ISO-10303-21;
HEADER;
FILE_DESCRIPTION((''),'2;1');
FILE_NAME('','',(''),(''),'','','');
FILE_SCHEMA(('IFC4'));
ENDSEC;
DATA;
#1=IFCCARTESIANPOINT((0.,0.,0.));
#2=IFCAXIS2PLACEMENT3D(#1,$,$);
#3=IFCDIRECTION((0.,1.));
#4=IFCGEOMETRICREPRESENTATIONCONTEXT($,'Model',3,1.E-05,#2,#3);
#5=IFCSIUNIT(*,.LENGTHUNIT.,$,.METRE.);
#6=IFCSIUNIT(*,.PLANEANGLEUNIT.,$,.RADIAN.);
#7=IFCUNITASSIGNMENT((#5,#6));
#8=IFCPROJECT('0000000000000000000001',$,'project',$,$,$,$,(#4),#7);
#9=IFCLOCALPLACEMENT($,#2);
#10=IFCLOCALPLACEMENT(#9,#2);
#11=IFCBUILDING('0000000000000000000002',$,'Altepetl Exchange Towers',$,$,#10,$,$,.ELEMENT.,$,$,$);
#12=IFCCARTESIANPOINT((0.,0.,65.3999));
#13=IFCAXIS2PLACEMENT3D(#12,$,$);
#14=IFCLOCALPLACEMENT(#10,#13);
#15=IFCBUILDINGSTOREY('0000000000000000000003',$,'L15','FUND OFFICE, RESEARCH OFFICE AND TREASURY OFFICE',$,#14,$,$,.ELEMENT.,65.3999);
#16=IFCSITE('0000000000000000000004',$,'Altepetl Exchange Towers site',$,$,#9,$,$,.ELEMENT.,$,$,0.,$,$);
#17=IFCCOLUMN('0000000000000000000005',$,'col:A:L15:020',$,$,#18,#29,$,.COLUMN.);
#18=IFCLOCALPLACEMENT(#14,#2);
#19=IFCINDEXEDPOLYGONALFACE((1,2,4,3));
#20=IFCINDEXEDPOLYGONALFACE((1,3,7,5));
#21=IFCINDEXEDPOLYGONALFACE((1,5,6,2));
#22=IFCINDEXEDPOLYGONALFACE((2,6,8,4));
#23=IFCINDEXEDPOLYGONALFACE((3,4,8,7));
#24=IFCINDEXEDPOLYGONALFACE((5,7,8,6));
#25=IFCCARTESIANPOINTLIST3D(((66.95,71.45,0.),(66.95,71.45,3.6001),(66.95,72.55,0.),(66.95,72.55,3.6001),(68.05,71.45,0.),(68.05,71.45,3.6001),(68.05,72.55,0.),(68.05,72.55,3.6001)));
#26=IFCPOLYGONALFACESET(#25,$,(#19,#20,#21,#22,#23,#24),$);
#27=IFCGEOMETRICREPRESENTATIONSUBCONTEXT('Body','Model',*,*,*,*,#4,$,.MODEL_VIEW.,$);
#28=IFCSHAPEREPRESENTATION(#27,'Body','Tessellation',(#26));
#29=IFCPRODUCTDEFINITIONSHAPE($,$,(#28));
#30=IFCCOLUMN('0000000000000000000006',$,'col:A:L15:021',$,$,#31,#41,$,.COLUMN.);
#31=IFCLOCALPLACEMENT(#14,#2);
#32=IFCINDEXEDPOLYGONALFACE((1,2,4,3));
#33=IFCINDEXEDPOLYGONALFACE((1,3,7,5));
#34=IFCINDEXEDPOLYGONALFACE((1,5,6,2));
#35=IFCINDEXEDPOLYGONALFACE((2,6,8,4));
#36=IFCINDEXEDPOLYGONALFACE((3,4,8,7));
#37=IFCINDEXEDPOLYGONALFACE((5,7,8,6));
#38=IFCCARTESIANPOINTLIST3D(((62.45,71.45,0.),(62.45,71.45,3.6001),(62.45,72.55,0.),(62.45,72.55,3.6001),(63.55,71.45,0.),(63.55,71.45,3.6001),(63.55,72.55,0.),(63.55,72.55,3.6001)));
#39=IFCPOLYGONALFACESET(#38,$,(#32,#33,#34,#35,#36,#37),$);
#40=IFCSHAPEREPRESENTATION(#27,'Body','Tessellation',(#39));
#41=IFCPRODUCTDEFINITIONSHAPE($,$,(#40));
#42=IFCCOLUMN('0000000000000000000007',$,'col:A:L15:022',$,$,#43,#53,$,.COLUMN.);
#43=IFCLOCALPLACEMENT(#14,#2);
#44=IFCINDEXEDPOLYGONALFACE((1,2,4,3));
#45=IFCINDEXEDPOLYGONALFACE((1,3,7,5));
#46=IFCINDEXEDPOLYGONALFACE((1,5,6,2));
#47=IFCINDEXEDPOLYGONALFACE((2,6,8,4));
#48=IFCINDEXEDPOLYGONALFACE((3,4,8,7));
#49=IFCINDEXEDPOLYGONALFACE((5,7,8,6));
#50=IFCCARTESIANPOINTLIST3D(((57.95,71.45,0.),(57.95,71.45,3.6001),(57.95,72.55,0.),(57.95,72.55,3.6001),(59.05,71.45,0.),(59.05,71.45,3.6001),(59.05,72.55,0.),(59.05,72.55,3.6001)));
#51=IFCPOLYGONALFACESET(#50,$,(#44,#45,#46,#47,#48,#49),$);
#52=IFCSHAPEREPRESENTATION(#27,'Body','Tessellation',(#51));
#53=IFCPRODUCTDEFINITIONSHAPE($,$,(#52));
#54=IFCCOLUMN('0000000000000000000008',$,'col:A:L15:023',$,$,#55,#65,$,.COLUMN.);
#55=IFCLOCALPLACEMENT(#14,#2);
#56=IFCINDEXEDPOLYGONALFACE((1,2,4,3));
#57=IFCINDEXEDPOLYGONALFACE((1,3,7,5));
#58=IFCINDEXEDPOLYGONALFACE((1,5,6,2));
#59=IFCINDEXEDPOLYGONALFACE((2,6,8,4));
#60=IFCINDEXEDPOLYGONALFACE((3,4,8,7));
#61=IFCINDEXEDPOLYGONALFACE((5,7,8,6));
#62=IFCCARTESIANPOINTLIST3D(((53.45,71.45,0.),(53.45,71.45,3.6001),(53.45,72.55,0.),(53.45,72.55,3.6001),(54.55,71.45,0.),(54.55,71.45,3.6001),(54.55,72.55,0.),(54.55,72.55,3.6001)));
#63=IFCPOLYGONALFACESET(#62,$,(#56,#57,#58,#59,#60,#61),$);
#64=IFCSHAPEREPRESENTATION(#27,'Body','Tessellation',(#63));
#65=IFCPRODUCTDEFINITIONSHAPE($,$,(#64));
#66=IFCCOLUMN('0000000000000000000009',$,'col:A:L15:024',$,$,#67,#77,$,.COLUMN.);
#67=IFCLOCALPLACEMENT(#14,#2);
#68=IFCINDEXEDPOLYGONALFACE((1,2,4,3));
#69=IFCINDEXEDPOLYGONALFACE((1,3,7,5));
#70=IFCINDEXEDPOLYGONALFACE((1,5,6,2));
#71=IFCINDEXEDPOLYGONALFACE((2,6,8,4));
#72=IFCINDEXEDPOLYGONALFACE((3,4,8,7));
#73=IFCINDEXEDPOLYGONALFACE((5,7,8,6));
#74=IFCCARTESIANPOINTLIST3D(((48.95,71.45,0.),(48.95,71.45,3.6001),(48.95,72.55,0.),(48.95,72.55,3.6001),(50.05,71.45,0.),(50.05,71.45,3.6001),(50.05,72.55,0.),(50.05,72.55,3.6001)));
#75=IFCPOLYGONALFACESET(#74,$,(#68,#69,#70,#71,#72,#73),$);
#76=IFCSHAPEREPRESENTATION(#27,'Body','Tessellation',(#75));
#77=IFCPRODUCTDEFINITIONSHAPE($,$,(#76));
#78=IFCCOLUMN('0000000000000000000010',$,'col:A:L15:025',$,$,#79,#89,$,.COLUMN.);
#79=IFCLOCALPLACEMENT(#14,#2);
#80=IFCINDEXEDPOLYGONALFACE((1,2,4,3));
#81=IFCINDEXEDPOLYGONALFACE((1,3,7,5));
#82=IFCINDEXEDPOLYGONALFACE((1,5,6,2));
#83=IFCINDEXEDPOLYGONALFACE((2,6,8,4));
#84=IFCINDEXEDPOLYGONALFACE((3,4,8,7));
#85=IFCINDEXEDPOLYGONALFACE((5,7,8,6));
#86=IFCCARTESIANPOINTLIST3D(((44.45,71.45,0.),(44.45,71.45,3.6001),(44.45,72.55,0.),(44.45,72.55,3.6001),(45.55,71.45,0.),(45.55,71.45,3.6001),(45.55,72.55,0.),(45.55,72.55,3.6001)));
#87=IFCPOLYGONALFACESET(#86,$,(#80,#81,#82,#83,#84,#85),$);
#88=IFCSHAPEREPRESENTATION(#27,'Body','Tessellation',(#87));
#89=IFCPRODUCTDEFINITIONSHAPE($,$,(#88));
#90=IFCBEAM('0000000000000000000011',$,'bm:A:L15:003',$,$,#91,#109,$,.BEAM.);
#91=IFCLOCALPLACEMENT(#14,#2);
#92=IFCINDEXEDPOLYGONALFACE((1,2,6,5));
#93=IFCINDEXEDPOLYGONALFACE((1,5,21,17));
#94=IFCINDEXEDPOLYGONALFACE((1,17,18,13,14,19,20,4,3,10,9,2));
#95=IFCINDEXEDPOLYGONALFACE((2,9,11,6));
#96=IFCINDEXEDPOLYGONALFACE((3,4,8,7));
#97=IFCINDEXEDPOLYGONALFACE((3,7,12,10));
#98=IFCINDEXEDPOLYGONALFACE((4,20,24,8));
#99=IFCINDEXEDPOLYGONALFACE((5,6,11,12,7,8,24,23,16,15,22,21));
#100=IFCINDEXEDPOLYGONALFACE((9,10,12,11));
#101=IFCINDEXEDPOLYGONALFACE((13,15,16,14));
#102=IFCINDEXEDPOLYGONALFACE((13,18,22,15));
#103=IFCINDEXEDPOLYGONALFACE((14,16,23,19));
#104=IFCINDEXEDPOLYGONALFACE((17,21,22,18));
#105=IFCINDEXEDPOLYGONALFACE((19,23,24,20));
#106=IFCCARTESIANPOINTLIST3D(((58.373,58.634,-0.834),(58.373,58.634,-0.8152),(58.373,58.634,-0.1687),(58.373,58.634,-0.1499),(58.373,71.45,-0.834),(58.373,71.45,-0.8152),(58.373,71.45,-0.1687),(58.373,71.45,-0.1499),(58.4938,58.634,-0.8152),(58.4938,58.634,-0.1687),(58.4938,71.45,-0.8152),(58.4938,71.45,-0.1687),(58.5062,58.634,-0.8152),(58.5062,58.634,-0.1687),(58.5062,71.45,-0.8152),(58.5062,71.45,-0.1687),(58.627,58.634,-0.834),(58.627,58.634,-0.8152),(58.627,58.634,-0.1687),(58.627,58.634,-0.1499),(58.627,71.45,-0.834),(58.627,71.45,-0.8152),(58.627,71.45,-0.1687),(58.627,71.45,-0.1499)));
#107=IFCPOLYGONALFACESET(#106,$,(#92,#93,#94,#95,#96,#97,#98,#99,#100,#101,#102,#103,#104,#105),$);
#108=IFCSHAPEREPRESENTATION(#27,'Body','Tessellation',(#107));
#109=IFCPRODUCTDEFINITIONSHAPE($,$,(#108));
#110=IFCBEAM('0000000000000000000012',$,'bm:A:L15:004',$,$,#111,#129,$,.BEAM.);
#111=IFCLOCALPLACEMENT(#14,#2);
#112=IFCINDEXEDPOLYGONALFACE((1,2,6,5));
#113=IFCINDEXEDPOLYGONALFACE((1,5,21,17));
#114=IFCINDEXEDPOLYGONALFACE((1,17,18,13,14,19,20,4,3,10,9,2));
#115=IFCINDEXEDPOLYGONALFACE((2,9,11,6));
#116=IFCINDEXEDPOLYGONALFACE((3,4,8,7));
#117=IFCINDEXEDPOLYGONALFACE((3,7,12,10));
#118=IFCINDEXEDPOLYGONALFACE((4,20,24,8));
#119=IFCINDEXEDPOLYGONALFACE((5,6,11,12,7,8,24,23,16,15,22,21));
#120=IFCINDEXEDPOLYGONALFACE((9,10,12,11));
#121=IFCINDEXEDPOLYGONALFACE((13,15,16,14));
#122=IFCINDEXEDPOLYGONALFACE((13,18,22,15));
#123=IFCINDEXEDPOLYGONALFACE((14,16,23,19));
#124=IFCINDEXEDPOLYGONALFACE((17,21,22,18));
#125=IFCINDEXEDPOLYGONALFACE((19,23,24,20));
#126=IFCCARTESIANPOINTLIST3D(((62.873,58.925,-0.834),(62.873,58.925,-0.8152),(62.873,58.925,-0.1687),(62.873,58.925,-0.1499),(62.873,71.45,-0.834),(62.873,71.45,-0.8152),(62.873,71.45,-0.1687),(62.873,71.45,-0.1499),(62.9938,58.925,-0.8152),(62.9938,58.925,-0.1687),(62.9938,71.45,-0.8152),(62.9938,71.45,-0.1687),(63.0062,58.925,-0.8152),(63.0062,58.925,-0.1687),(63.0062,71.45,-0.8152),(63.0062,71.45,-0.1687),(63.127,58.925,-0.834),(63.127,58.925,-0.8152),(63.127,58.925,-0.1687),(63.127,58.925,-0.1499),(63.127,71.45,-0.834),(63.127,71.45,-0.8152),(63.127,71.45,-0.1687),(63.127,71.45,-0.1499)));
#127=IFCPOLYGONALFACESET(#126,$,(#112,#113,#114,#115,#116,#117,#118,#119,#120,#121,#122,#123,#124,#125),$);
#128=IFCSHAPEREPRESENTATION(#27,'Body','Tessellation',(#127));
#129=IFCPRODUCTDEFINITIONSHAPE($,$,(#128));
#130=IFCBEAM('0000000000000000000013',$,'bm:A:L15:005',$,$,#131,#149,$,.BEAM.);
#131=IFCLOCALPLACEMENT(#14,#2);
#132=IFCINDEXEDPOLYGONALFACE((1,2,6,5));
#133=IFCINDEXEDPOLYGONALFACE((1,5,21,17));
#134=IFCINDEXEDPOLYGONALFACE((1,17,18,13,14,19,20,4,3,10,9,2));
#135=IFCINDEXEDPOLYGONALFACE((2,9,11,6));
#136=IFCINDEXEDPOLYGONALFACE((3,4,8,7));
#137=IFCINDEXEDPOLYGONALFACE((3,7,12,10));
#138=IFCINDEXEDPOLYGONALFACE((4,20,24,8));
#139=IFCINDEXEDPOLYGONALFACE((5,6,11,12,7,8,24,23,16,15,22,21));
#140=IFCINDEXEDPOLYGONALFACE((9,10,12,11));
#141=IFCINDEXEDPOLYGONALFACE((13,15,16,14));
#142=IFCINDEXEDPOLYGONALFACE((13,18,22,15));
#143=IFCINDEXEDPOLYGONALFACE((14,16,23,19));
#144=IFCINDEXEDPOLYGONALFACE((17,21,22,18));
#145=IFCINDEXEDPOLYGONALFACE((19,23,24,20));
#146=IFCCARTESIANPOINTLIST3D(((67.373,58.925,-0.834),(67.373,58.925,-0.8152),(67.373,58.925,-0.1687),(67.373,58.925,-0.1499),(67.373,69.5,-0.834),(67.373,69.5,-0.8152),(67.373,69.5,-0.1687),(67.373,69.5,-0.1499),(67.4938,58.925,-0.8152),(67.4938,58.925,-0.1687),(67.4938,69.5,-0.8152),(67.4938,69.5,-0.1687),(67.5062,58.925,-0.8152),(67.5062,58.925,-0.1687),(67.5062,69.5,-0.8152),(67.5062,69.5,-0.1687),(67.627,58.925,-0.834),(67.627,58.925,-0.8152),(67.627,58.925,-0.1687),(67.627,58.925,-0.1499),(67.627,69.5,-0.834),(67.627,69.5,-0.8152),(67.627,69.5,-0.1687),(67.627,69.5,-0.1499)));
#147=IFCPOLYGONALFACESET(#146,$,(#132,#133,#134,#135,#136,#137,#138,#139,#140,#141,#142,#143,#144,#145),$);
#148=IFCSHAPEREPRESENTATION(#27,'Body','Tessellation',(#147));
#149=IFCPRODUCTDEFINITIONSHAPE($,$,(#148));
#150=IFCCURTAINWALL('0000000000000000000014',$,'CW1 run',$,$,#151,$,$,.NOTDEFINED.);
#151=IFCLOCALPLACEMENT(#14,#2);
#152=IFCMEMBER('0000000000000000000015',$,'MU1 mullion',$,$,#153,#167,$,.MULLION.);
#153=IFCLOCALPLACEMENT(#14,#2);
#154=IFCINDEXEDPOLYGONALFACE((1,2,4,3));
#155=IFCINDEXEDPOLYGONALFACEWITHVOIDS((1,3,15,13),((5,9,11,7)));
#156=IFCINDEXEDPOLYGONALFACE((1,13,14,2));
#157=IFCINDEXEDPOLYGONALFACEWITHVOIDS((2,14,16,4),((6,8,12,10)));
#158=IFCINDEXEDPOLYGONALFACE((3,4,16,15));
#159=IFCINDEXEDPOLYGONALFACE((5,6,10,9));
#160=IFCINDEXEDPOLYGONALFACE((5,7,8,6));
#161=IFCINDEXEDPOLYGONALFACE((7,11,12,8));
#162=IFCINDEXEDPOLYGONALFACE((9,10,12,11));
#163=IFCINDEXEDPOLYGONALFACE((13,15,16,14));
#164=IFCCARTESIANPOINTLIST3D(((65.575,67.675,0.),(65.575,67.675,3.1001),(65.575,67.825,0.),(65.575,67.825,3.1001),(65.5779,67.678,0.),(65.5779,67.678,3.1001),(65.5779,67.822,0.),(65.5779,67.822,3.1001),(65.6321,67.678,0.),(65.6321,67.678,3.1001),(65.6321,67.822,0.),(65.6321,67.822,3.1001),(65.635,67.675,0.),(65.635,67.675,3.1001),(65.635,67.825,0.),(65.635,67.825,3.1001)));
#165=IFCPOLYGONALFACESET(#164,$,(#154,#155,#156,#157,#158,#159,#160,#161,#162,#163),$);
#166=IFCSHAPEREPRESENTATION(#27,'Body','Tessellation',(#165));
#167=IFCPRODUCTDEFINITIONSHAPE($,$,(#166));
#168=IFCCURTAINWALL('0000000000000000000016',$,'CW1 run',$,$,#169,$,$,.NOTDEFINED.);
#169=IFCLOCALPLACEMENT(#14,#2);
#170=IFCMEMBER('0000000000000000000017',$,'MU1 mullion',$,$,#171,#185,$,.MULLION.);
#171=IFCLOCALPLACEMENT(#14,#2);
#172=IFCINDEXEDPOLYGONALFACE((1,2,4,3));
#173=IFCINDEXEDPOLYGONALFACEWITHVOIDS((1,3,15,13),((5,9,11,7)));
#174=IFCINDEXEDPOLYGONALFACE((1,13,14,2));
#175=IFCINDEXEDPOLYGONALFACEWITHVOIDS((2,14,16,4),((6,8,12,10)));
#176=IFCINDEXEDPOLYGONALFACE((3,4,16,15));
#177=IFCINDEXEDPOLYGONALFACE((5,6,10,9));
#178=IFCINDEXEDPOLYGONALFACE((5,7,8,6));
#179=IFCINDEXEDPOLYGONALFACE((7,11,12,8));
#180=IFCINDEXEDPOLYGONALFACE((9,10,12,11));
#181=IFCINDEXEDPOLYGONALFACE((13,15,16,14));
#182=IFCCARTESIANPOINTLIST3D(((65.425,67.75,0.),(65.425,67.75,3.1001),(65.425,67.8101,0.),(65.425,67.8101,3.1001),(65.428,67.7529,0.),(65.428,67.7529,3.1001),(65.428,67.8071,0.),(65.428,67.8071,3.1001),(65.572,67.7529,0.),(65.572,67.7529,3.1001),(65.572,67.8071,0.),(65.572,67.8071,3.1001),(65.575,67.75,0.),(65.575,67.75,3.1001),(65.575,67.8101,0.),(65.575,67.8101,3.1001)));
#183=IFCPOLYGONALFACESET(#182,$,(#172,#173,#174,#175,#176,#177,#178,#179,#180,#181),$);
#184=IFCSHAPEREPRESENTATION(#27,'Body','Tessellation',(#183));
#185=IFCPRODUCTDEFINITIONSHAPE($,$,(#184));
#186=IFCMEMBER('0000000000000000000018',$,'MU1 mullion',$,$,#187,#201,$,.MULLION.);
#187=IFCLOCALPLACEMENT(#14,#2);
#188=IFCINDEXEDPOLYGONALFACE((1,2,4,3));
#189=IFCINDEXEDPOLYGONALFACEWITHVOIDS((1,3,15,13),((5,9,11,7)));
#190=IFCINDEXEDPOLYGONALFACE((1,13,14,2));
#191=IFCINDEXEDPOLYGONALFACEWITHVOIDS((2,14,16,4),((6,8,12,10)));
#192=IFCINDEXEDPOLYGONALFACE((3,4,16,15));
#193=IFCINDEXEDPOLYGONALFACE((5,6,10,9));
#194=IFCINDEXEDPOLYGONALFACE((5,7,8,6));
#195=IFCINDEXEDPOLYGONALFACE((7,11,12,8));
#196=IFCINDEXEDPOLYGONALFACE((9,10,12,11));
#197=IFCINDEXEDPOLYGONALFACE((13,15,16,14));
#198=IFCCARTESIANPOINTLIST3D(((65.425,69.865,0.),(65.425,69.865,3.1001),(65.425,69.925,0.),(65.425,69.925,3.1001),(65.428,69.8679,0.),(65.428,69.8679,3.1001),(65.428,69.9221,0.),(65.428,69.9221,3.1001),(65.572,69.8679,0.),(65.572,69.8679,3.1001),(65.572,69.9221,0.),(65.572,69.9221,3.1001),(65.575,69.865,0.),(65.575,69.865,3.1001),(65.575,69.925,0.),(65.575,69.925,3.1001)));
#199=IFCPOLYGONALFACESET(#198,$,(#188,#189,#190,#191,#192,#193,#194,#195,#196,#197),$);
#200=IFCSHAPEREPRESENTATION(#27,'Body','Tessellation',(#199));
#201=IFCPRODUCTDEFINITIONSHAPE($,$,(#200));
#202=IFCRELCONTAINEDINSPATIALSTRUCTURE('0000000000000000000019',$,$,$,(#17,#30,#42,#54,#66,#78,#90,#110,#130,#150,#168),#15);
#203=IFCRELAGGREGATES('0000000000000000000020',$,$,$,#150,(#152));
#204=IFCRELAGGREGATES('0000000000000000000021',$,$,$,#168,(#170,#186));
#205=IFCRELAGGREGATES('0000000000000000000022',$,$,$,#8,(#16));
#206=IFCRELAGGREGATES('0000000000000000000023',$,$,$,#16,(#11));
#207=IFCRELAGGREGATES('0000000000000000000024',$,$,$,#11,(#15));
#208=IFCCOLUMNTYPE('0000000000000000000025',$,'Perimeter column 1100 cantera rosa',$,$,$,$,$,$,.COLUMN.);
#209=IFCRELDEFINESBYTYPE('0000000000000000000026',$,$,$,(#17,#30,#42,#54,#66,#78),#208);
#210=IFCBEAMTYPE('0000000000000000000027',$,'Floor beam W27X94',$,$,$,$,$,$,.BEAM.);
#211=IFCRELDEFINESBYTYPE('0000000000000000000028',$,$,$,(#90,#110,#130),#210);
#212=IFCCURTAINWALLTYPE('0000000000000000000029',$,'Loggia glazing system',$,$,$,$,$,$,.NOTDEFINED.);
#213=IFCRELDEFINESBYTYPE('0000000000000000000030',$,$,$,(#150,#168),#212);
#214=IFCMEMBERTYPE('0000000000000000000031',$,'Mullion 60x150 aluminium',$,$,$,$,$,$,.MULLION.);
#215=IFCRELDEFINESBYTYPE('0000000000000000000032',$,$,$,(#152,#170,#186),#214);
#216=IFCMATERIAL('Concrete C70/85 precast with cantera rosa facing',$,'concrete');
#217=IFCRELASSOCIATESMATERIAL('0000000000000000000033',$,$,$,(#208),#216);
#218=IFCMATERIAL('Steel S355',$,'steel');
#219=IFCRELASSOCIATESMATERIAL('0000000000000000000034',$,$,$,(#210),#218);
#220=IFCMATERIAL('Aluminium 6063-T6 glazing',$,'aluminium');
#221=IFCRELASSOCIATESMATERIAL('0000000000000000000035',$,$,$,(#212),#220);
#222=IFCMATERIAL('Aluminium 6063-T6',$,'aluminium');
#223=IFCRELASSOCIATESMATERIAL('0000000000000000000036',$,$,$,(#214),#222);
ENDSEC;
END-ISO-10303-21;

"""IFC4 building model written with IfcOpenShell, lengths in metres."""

from ifc_helpers import new_model, si_unit, direction, frame, origin, origin_2d, place, context, subcontext, project, spatial, rectangle, hollow_rectangle, i_section, extrude, material, material_profile, profile_set, type_object, element, aggregate, save


model = new_model("IFC4")

# Units and contexts
model_context = context("Model", 3, precision=1e-05, world=origin(), true_north=direction((0.0, 1.0)))
body_context = subcontext(model_context, "Body", "Model", "MODEL_VIEW")
ifc_project = project(units=[si_unit("LENGTHUNIT", "METRE"), si_unit("PLANEANGLEUNIT", "RADIAN")], contexts=[model_context])

# Site, building, storey
site_placement = place(None, origin())
site = spatial("IfcSite", under=ifc_project, at=site_placement, Name="Altepetl Exchange Towers site", CompositionType="ELEMENT", RefElevation=0.0)
building_placement = place(site_placement, origin())
building = spatial("IfcBuilding", under=site, at=building_placement, Name="Altepetl Exchange Towers", CompositionType="ELEMENT")
storey_placement = place(building_placement, frame((0.0, 0.0, 65.3999)))
storey = spatial("IfcBuildingStorey", under=building, at=storey_placement, Name="L15", Description="FUND OFFICE, RESEARCH OFFICE AND TREASURY OFFICE", CompositionType="ELEMENT", Elevation=65.3999)

# Columns
ifc_material_1 = material(Name="Concrete C70/85 precast with cantera rosa facing", Category="concrete")
ifc_material_profile_1 = material_profile(ifc_material_1, rectangle(XDim=1.1001, YDim=1.1001, at=origin_2d()), Name="1100 x 1100")
ifc_profile_set_1 = profile_set([ifc_material_profile_1], Name="Concrete C70/85 precast with cantera rosa facing")
column_type = type_object("IfcColumnType", Name="Perimeter column 1100 cantera rosa", PredefinedType="COLUMN", material=ifc_profile_set_1)
for number, where, name in (
    (1, (67.5, 72.0, 0.0), "col:A:L15:020"),
    (2, (63.0, 72.0, 0.0), "col:A:L15:021"),
    (3, (58.5, 72.0, 0.0), "col:A:L15:022"),
    (4, (54.0, 72.0, 0.0), "col:A:L15:023"),
    (5, (49.5, 72.0, 0.0), "col:A:L15:024"),
    (6, (45.0, 72.0, 0.0), "col:A:L15:025"),
):
    element("IfcColumn", number, at=place(storey_placement, frame(where)), inside=storey, type_object=column_type, Name=name, PredefinedType="COLUMN", context=body_context, shape_type="SweptSolid", body=[
        extrude(rectangle(XDim=1.1001, YDim=1.1001, at=origin_2d()), origin(), (0.0, 0.0, 1.0), 3.6001),
    ])

# Beams
ifc_material_2 = material(Name="Steel S355", Category="steel")
ifc_material_profile_2 = material_profile(ifc_material_2, i_section(OverallWidth=0.2539, OverallDepth=0.6841, WebThickness=0.0125, FlangeThickness=0.0188, at=origin_2d()), Name="W27X94")
ifc_profile_set_2 = profile_set([ifc_material_profile_2], Name="Steel S355")
beam_type_1 = type_object("IfcBeamType", Name="Floor beam W27X94", PredefinedType="BEAM", material=ifc_profile_set_2)
beam_1_placement = place(storey_placement, frame((58.5, 58.634, -0.4919), z_axis=(0.0, 1.0, 0.0), x_axis=(-1.0, 0.0, 0.0)))
element("IfcBeam", 7, at=beam_1_placement, inside=storey, type_object=beam_type_1, Name="bm:A:L15:003", PredefinedType="BEAM", context=body_context, shape_type="SweptSolid", body=[
    extrude(i_section(OverallWidth=0.2539, OverallDepth=0.6841, WebThickness=0.0125, FlangeThickness=0.0188, at=origin_2d()), origin(), (0.0, 0.0, 1.0), 12.8159),
])
beam_2_placement = place(storey_placement, frame((63.0, 58.925, -0.4919), z_axis=(0.0, 1.0, 0.0), x_axis=(-1.0, 0.0, 0.0)))
element("IfcBeam", 8, at=beam_2_placement, inside=storey, type_object=beam_type_1, Name="bm:A:L15:004", PredefinedType="BEAM", context=body_context, shape_type="SweptSolid", body=[
    extrude(i_section(OverallWidth=0.2539, OverallDepth=0.6841, WebThickness=0.0125, FlangeThickness=0.0188, at=origin_2d()), origin(), (0.0, 0.0, 1.0), 12.5249),
])
beam_3_placement = place(storey_placement, frame((67.5, 58.925, -0.4919), z_axis=(0.0, 1.0, 0.0), x_axis=(-1.0, 0.0, 0.0)))
element("IfcBeam", 9, at=beam_3_placement, inside=storey, type_object=beam_type_1, Name="bm:A:L15:005", PredefinedType="BEAM", context=body_context, shape_type="SweptSolid", body=[
    extrude(i_section(OverallWidth=0.2539, OverallDepth=0.6841, WebThickness=0.0125, FlangeThickness=0.0188, at=origin_2d()), origin(), (0.0, 0.0, 1.0), 10.575),
])

# Curtain wall, member
ifc_material_3 = material(Name="Aluminium 6063-T6 glazing", Category="aluminium")
curtain_wall_type = type_object("IfcCurtainWallType", Name="Loggia glazing system", PredefinedType="NOTDEFINED", material=ifc_material_3)
curtain_wall_1_placement = place(storey_placement, origin())
curtain_wall_1 = element("IfcCurtainWall", 10, at=curtain_wall_1_placement, inside=storey, type_object=curtain_wall_type, Name="CW1 run", PredefinedType="NOTDEFINED")
ifc_material_4 = material(Name="Aluminium 6063-T6", Category="aluminium")
ifc_material_profile_3 = material_profile(ifc_material_4, hollow_rectangle(XDim=0.0601, YDim=0.1499, WallThickness=0.0029, at=origin_2d()), Name="Mullion 60x150 aluminium")
ifc_profile_set_3 = profile_set([ifc_material_profile_3], Name="Aluminium 6063-T6")
member_type = type_object("IfcMemberType", Name="Mullion 60x150 aluminium", PredefinedType="MULLION", material=ifc_profile_set_3)
member_1_placement = place(storey_placement, frame((65.605, 67.75, 0.0), z_axis=(0.0, 0.0, 1.0), x_axis=(-1.0, 0.0, 0.0)))
member_1 = element("IfcMember", 11, at=member_1_placement, type_object=member_type, Name="MU1 mullion", PredefinedType="MULLION", context=body_context, shape_type="SweptSolid", body=[
    extrude(hollow_rectangle(XDim=0.0601, YDim=0.1499, WallThickness=0.0029, at=origin_2d()), origin(), (0.0, 0.0, 1.0), 3.1001),
])

# Curtain wall, members
curtain_wall_2_placement = place(storey_placement, origin())
curtain_wall_2 = element("IfcCurtainWall", 12, at=curtain_wall_2_placement, inside=storey, type_object=curtain_wall_type, Name="CW1 run", PredefinedType="NOTDEFINED")
member_2_placement = place(storey_placement, frame((65.5, 67.78, 0.0), z_axis=(0.0, 0.0, 1.0), x_axis=(0.0, 1.0, 0.0)))
member_2 = element("IfcMember", 13, at=member_2_placement, type_object=member_type, Name="MU1 mullion", PredefinedType="MULLION", context=body_context, shape_type="SweptSolid", body=[
    extrude(hollow_rectangle(XDim=0.0601, YDim=0.1499, WallThickness=0.0029, at=origin_2d()), origin(), (0.0, 0.0, 1.0), 3.1001),
])
member_3_placement = place(storey_placement, frame((65.5, 69.895, 0.0), z_axis=(0.0, 0.0, 1.0), x_axis=(0.0, 1.0, 0.0)))
member_3 = element("IfcMember", 14, at=member_3_placement, type_object=member_type, Name="MU1 mullion", PredefinedType="MULLION", context=body_context, shape_type="SweptSolid", body=[
    extrude(hollow_rectangle(XDim=0.0601, YDim=0.1499, WallThickness=0.0029, at=origin_2d()), origin(), (0.0, 0.0, 1.0), 3.1001),
])

aggregate(curtain_wall_1, [member_1])
aggregate(curtain_wall_2, [member_2, member_3])

save(model, "model.ifc")
